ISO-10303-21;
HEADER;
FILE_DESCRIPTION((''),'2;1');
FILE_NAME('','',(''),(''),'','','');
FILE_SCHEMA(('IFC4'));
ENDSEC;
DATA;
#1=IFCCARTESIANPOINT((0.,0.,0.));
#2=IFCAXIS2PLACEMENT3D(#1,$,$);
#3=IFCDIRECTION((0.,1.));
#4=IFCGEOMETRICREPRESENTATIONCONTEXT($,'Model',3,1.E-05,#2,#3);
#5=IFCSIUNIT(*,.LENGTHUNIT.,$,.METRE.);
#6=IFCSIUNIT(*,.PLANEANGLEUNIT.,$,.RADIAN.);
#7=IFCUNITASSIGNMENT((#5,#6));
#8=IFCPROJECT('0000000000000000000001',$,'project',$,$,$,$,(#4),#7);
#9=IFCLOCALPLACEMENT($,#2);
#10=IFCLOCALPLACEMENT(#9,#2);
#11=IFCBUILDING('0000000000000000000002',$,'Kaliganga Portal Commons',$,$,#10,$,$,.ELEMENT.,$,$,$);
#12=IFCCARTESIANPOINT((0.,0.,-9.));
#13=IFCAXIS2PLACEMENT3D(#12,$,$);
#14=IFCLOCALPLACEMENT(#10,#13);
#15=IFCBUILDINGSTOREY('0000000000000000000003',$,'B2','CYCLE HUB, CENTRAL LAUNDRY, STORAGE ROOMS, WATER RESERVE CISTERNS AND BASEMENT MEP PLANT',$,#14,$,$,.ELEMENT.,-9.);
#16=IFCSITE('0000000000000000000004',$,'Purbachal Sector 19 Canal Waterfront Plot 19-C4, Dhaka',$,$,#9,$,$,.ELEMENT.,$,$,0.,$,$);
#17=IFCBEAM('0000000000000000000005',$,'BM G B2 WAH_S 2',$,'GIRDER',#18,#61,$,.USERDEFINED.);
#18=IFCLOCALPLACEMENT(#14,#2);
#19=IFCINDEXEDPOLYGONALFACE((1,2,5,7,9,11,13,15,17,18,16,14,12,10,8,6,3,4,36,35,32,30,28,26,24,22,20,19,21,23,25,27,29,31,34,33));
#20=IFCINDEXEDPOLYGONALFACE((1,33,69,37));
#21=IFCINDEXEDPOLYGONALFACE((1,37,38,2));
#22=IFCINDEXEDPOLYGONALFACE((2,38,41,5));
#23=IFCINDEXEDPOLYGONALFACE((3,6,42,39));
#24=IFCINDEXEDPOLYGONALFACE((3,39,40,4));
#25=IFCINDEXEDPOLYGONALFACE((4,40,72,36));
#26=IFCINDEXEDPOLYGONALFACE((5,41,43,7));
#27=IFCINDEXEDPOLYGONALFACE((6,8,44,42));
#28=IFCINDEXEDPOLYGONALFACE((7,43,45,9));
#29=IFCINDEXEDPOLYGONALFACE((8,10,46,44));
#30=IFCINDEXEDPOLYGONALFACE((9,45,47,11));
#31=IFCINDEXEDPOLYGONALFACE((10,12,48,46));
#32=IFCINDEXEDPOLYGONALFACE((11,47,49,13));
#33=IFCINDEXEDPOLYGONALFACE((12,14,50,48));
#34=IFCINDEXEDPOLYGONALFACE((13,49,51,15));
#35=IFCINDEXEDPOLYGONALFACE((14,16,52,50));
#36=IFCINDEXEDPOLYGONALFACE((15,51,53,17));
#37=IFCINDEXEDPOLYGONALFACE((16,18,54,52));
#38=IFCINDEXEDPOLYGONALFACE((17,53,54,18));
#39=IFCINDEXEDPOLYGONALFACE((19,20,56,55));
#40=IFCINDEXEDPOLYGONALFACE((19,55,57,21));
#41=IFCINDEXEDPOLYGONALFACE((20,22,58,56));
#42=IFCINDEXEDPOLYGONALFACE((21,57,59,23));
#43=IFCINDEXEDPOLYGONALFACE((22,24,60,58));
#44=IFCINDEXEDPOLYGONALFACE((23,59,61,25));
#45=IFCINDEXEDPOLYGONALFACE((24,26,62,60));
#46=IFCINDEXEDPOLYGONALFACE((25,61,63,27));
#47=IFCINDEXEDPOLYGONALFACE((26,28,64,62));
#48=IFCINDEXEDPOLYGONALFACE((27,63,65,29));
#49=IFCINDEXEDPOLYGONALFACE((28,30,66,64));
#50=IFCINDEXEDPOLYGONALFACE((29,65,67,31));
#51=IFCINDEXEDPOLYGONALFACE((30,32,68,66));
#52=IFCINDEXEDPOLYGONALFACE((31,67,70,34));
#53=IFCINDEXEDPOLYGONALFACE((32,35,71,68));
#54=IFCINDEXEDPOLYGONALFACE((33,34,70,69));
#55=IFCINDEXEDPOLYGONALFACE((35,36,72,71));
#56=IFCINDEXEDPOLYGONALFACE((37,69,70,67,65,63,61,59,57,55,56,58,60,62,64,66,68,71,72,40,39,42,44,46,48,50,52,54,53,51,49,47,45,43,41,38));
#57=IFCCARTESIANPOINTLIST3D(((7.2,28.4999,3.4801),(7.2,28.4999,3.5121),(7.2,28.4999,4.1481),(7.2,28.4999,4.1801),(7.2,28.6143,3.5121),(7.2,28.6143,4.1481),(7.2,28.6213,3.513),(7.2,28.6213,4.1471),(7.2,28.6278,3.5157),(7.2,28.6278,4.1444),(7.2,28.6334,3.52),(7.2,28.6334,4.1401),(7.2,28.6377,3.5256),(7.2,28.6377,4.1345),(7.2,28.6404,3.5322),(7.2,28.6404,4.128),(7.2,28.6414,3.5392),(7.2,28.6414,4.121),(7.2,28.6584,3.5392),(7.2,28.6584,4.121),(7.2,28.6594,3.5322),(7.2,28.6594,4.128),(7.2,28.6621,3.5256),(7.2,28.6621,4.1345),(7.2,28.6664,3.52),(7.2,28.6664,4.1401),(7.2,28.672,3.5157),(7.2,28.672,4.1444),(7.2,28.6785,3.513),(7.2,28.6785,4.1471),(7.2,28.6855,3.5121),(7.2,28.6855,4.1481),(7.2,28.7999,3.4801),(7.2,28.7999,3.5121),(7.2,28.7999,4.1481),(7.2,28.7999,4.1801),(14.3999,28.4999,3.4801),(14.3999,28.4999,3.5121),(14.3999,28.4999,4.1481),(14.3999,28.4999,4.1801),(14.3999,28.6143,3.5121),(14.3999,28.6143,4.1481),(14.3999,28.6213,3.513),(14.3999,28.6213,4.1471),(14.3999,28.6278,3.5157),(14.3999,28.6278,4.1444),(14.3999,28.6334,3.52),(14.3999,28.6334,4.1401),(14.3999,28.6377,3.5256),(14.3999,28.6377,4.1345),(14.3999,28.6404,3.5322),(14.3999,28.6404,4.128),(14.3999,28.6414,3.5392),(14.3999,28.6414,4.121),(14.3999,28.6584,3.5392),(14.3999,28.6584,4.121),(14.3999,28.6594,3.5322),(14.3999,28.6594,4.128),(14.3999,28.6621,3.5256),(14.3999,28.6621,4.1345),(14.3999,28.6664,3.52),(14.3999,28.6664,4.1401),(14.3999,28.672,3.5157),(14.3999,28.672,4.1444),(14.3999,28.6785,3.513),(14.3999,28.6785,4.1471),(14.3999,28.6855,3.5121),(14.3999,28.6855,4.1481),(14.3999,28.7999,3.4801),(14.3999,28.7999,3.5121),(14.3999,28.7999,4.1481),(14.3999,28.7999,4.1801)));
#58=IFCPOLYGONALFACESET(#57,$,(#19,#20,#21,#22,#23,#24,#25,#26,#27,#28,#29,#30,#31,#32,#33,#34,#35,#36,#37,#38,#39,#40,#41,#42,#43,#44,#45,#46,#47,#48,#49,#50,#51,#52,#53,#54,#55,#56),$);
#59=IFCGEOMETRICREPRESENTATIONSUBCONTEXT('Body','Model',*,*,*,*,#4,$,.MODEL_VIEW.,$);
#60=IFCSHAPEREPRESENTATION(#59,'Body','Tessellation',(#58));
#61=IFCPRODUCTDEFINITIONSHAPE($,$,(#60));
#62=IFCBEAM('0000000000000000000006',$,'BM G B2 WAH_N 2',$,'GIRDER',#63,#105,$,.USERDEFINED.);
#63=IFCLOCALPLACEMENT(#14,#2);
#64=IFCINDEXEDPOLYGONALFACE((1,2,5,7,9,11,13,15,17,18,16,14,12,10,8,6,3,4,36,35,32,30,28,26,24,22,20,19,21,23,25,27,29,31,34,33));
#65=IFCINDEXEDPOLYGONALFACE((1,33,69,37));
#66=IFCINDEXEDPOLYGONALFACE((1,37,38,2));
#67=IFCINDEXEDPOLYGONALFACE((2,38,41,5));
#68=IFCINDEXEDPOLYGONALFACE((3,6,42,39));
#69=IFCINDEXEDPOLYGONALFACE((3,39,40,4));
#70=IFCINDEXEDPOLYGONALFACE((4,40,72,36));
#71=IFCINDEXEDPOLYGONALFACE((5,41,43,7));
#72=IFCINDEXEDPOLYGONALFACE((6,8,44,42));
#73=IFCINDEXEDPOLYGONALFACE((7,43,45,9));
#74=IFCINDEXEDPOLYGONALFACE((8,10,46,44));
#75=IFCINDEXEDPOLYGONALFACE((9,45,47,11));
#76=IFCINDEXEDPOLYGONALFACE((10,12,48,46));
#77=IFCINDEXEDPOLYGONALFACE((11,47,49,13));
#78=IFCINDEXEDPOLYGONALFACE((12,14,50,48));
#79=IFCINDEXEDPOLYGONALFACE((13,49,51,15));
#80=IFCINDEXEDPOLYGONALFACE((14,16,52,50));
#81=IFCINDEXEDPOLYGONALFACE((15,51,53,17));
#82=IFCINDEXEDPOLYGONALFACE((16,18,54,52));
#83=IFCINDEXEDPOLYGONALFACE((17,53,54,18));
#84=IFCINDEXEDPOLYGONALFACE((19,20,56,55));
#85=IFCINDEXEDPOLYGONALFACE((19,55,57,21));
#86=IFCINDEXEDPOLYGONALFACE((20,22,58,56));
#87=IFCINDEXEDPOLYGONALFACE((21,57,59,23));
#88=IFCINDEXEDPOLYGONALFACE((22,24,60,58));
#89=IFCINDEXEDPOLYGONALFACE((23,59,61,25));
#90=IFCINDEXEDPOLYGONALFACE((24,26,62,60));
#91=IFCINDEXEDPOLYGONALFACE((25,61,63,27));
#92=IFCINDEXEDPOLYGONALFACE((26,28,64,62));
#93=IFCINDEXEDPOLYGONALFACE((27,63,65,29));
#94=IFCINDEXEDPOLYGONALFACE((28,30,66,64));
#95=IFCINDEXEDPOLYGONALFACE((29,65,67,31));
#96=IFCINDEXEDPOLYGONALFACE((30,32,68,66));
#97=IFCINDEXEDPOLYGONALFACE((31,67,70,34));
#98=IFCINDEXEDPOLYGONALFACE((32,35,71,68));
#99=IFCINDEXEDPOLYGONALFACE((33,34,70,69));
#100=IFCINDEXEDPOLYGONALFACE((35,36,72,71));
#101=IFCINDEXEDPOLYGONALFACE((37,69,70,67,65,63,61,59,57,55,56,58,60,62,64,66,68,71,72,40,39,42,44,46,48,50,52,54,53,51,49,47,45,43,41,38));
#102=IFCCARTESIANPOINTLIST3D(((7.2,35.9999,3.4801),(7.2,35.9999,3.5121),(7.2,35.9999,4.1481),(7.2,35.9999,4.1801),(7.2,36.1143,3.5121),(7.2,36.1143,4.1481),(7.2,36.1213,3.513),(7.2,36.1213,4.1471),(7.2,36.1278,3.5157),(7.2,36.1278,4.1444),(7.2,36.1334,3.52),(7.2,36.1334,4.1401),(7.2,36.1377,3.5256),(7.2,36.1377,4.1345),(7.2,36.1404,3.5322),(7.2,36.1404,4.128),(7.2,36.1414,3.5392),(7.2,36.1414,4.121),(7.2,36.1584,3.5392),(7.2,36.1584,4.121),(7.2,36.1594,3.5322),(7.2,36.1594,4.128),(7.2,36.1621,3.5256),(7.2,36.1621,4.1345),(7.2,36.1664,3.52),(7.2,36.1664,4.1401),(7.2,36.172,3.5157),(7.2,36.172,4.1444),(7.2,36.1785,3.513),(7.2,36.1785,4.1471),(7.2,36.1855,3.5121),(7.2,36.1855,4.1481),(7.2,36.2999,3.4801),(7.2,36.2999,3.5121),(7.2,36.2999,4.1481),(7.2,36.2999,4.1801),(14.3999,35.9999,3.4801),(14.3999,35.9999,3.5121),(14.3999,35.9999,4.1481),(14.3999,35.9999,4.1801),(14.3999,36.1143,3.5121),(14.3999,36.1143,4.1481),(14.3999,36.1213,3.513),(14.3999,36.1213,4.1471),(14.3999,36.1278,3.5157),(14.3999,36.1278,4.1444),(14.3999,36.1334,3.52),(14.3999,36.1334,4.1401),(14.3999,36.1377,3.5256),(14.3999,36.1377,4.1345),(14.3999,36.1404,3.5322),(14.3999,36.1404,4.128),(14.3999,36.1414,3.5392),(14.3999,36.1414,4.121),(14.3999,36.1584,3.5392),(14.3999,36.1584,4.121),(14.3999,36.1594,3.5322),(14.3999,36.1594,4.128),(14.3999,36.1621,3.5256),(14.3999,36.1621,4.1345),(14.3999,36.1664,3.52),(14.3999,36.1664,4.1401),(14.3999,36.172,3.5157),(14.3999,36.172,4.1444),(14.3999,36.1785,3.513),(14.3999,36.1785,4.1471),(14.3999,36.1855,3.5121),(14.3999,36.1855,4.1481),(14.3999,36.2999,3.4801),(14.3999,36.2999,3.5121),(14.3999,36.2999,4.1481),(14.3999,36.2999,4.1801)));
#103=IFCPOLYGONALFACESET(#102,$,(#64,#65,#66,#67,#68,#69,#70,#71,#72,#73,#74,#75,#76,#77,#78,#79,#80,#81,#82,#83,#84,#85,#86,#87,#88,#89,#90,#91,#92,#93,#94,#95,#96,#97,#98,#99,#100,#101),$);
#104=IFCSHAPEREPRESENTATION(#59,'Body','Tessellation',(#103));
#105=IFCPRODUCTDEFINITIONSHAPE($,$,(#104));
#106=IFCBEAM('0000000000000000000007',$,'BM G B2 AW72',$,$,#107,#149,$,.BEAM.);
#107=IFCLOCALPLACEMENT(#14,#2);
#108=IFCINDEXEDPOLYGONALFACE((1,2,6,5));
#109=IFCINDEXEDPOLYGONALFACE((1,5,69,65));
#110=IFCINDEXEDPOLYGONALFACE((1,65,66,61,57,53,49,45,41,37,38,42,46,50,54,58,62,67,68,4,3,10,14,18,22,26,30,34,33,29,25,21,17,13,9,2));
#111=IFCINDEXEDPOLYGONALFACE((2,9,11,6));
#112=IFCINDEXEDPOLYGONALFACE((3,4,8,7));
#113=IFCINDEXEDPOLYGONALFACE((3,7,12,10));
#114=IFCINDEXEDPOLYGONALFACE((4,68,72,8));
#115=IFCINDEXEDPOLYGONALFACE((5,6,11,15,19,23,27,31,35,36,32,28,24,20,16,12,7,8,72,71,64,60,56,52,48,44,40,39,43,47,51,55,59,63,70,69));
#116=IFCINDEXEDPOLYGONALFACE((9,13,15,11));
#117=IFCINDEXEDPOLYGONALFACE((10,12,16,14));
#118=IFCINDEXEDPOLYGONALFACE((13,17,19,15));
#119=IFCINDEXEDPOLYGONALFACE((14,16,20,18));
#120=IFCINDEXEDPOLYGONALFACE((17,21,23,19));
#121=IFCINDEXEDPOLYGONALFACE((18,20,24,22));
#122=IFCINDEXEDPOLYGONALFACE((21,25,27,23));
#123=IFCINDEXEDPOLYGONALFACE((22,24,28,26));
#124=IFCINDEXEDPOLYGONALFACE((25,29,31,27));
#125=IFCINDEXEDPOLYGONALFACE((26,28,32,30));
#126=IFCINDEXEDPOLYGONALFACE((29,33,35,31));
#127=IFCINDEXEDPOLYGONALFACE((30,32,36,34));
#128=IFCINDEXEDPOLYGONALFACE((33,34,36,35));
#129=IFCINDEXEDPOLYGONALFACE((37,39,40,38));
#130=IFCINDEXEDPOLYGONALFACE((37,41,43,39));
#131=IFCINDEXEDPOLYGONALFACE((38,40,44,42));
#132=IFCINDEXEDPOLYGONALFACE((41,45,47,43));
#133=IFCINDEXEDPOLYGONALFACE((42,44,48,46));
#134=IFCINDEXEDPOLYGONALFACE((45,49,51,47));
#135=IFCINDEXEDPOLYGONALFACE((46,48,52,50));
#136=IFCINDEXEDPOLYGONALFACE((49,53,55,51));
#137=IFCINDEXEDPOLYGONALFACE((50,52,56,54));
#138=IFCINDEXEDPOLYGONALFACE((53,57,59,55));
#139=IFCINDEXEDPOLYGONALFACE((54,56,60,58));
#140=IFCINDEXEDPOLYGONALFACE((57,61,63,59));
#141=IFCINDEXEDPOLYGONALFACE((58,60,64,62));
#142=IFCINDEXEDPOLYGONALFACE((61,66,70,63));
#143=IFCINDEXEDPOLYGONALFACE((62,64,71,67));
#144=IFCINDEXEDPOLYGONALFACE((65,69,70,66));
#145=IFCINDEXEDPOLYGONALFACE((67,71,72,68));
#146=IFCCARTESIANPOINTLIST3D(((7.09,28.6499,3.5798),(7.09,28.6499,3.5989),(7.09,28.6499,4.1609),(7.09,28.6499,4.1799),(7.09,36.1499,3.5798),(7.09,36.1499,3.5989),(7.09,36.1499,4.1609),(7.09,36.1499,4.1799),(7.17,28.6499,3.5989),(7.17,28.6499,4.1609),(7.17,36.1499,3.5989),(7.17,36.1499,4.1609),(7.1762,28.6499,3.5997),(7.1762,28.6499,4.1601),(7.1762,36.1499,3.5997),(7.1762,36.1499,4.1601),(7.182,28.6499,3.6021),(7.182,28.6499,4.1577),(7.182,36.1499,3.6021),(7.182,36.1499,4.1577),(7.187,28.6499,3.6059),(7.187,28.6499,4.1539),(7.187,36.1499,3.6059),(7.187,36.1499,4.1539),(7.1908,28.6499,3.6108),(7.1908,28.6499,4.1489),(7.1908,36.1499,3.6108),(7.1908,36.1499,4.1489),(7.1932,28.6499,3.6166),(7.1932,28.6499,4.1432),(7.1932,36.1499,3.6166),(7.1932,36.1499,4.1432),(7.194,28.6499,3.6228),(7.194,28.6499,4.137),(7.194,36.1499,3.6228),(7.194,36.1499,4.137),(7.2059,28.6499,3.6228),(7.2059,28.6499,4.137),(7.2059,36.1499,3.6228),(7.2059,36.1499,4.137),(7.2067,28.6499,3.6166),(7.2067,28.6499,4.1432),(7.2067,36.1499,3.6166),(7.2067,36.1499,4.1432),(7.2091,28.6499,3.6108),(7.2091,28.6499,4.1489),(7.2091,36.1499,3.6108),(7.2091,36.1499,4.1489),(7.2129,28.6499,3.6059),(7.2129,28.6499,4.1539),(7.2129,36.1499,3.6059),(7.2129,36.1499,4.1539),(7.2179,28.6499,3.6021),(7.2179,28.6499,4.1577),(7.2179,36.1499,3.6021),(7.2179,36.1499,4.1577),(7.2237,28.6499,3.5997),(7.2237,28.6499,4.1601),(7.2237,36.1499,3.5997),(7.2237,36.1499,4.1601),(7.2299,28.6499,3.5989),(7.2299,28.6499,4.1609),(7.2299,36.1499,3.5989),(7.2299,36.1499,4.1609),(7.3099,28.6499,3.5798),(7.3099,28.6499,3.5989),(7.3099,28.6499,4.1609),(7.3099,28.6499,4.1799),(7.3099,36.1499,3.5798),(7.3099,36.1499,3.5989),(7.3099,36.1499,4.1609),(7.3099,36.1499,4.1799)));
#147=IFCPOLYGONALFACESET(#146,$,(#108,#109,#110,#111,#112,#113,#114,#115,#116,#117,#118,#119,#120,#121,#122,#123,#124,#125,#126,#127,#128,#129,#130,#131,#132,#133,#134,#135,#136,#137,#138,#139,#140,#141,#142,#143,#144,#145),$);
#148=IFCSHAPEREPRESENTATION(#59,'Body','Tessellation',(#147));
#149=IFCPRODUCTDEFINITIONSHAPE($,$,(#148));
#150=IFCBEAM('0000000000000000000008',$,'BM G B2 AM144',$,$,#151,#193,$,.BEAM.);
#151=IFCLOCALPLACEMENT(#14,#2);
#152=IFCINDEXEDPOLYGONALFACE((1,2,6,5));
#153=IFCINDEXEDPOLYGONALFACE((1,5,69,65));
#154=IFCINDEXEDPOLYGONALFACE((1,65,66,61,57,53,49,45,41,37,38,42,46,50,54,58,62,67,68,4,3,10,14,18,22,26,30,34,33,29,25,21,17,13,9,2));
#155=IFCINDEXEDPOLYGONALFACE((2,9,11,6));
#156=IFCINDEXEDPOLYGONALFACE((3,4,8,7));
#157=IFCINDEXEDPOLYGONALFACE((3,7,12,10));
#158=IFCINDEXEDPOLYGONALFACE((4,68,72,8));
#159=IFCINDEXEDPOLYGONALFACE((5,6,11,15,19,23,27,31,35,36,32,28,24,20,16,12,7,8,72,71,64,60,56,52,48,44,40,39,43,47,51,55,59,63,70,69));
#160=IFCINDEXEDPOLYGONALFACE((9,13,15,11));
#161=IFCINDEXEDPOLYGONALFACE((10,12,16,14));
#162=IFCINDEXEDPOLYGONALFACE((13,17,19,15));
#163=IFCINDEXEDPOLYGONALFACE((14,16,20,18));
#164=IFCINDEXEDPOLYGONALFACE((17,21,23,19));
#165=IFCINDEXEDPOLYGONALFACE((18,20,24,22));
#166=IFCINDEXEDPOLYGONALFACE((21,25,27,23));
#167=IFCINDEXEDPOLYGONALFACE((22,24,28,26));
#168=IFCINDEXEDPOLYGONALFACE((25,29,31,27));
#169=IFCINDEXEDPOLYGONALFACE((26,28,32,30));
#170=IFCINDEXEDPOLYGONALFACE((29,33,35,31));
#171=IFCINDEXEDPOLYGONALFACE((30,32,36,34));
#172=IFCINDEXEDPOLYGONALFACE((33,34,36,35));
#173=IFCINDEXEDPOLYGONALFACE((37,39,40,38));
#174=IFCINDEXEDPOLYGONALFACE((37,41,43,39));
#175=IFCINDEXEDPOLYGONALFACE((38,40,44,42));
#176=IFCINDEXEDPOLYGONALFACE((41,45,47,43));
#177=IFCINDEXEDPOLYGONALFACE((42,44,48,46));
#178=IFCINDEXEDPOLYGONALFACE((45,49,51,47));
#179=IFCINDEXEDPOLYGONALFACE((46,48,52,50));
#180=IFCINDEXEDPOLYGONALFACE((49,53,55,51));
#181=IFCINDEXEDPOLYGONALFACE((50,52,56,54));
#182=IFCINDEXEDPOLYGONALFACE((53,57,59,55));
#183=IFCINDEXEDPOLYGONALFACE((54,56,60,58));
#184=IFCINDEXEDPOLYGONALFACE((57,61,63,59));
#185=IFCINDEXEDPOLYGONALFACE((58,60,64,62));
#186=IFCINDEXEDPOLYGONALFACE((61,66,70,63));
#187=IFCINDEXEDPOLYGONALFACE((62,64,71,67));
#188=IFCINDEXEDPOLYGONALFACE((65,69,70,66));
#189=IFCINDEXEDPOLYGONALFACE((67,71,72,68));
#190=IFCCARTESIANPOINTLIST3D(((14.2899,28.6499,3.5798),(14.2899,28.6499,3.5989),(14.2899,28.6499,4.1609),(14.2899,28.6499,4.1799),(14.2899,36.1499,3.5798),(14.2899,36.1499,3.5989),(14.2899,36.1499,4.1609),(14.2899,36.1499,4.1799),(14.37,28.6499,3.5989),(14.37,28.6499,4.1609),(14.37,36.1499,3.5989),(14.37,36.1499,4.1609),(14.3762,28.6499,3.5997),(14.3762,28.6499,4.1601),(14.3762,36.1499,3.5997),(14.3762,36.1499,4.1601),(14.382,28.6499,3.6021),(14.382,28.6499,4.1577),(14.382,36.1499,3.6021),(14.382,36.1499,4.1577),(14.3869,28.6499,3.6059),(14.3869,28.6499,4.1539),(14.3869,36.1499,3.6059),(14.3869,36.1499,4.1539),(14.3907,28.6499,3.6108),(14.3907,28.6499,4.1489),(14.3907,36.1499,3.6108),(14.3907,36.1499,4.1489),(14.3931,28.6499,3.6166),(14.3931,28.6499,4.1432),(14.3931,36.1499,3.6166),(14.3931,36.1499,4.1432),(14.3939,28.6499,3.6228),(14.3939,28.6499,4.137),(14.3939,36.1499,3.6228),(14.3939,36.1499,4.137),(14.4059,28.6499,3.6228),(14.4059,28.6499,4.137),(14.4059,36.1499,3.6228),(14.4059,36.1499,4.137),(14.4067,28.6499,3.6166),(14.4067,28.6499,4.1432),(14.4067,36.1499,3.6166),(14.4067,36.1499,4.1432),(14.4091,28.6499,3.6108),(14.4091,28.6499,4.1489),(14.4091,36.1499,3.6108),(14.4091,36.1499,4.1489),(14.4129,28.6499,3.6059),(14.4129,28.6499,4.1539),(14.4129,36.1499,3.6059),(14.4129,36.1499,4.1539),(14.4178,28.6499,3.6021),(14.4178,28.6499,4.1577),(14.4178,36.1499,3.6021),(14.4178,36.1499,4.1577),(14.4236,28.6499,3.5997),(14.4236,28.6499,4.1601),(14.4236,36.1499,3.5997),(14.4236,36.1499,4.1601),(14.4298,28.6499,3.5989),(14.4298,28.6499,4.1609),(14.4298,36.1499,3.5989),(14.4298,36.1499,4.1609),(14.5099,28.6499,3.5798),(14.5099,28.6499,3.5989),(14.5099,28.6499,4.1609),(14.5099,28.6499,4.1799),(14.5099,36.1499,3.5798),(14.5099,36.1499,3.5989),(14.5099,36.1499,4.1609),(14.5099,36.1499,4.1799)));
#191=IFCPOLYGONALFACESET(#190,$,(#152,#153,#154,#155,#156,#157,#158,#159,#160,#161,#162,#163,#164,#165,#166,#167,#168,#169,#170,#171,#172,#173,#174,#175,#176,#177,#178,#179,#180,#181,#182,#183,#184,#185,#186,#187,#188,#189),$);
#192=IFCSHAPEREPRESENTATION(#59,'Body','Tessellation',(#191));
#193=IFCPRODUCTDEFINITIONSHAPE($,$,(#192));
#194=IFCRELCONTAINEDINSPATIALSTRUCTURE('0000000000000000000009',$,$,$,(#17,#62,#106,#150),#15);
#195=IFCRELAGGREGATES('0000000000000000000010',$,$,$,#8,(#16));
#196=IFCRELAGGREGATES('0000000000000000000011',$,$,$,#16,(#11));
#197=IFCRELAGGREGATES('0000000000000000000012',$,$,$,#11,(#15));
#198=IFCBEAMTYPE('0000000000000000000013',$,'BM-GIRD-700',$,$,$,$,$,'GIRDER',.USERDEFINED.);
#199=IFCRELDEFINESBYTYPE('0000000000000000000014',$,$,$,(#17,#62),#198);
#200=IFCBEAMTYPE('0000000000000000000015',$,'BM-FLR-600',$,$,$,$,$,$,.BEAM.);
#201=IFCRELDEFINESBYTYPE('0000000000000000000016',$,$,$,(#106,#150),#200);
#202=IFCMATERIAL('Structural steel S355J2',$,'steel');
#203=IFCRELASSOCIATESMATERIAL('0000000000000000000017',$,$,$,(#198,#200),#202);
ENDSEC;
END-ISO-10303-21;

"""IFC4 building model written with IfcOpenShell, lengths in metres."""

from ifc_helpers import new_model, si_unit, direction, frame, origin, origin_2d, place, context, subcontext, project, spatial, i_section, extrude, source, transform, mapped, material, material_profile, profile_set, type_object, element, save


model = new_model("IFC4")

# Units and contexts
model_context = context("Model", 3, precision=1e-05, world=origin(), true_north=direction((0.0, 1.0)))
body_context = subcontext(model_context, "Body", "Model", "MODEL_VIEW")
ifc_project = project(units=[si_unit("LENGTHUNIT", "METRE"), si_unit("PLANEANGLEUNIT", "RADIAN")], contexts=[model_context])

# Site, building, storey
site_placement = place(None, origin())
site = spatial("IfcSite", under=ifc_project, at=site_placement, Name="Purbachal Sector 19 Canal Waterfront Plot 19-C4, Dhaka", CompositionType="ELEMENT", RefElevation=0.0)
building_placement = place(site_placement, origin())
building = spatial("IfcBuilding", under=site, at=building_placement, Name="Kaliganga Portal Commons", CompositionType="ELEMENT")
storey_placement = place(building_placement, frame((0.0, 0.0, -9.0)))
storey = spatial("IfcBuildingStorey", under=building, at=storey_placement, Name="B2", Description="CYCLE HUB, CENTRAL LAUNDRY, STORAGE ROOMS, WATER RESERVE CISTERNS AND BASEMENT MEP PLANT", CompositionType="ELEMENT", Elevation=-9.0)

# Beams
ifc_material_1 = material(Name="Structural steel S355J2", Category="steel")
ifc_material_profile_1 = material_profile(ifc_material_1, i_section(OverallWidth=0.3, OverallDepth=0.7, WebThickness=0.0171, FlangeThickness=0.032, FilletRadius=0.0271, at=origin_2d()), Name="HE 700 B")
ifc_profile_set_1 = profile_set([ifc_material_profile_1], Name="Structural steel S355J2 wide-flange")
beam_type_1 = type_object("IfcBeamType", Name="BM-GIRD-700", ElementType="GIRDER", PredefinedType="USERDEFINED", material=ifc_profile_set_1)
shared_shape_1 = source(origin(), body_context, "Body", "SweptSolid", [
    extrude(i_section(OverallWidth=0.3, OverallDepth=0.7, WebThickness=0.0171, FlangeThickness=0.032, FilletRadius=0.0271, at=origin_2d()), origin(), (0.0, 0.0, 1.0), 7.2),
])
for number, where, z_axis, x_axis, name in (
    (1, (7.2, 28.6499, 3.8301), (1.0, 0.0, 0.0), (0.0, 1.0, 0.0), "BM G B2 WAH_S 2"),
    (2, (7.2, 36.1499, 3.8301), (1.0, 0.0, 0.0), (0.0, 1.0, 0.0), "BM G B2 WAH_N 2"),
):
    element("IfcBeam", number, at=place(storey_placement, frame(where, z_axis=z_axis, x_axis=x_axis)), inside=storey, type_object=beam_type_1, Name=name, ObjectType="GIRDER", PredefinedType="USERDEFINED", context=body_context, shape_type="MappedRepresentation", body=[
        mapped(shared_shape_1, transform((0.0, 0.0, 0.0), x_axis=(1.0, 0.0, 0.0), y_axis=(0.0, 1.0, 0.0), z_axis=(0.0, 0.0, 1.0), scale=1.0)),
    ])
ifc_material_profile_2 = material_profile(ifc_material_1, i_section(OverallWidth=0.22, OverallDepth=0.6001, WebThickness=0.012, FlangeThickness=0.019, FilletRadius=0.0239, at=origin_2d()), Name="IPE 600")
ifc_profile_set_2 = profile_set([ifc_material_profile_2], Name="Structural steel S355J2 wide-flange")
beam_type_2 = type_object("IfcBeamType", Name="BM-FLR-600", PredefinedType="BEAM", material=ifc_profile_set_2)
shared_shape_2 = source(origin(), body_context, "Body", "SweptSolid", [
    extrude(i_section(OverallWidth=0.22, OverallDepth=0.6001, WebThickness=0.012, FlangeThickness=0.019, FilletRadius=0.0239, at=origin_2d()), origin(), (0.0, 0.0, 1.0), 7.5),
])
for number, where, z_axis, x_axis, name in (
    (3, (7.2, 28.6499, 3.8799), (0.0, 1.0, 0.0), (-1.0, 0.0, 0.0), "BM G B2 AW72"),
    (4, (14.3999, 28.6499, 3.8799), (0.0, 1.0, 0.0), (-1.0, 0.0, 0.0), "BM G B2 AM144"),
):
    element("IfcBeam", number, at=place(storey_placement, frame(where, z_axis=z_axis, x_axis=x_axis)), inside=storey, type_object=beam_type_2, Name=name, PredefinedType="BEAM", context=body_context, shape_type="MappedRepresentation", body=[
        mapped(shared_shape_2, transform((0.0, 0.0, 0.0), x_axis=(1.0, 0.0, 0.0), y_axis=(0.0, 1.0, 0.0), z_axis=(0.0, 0.0, 1.0), scale=1.0)),
    ])

save(model, "model.ifc")
